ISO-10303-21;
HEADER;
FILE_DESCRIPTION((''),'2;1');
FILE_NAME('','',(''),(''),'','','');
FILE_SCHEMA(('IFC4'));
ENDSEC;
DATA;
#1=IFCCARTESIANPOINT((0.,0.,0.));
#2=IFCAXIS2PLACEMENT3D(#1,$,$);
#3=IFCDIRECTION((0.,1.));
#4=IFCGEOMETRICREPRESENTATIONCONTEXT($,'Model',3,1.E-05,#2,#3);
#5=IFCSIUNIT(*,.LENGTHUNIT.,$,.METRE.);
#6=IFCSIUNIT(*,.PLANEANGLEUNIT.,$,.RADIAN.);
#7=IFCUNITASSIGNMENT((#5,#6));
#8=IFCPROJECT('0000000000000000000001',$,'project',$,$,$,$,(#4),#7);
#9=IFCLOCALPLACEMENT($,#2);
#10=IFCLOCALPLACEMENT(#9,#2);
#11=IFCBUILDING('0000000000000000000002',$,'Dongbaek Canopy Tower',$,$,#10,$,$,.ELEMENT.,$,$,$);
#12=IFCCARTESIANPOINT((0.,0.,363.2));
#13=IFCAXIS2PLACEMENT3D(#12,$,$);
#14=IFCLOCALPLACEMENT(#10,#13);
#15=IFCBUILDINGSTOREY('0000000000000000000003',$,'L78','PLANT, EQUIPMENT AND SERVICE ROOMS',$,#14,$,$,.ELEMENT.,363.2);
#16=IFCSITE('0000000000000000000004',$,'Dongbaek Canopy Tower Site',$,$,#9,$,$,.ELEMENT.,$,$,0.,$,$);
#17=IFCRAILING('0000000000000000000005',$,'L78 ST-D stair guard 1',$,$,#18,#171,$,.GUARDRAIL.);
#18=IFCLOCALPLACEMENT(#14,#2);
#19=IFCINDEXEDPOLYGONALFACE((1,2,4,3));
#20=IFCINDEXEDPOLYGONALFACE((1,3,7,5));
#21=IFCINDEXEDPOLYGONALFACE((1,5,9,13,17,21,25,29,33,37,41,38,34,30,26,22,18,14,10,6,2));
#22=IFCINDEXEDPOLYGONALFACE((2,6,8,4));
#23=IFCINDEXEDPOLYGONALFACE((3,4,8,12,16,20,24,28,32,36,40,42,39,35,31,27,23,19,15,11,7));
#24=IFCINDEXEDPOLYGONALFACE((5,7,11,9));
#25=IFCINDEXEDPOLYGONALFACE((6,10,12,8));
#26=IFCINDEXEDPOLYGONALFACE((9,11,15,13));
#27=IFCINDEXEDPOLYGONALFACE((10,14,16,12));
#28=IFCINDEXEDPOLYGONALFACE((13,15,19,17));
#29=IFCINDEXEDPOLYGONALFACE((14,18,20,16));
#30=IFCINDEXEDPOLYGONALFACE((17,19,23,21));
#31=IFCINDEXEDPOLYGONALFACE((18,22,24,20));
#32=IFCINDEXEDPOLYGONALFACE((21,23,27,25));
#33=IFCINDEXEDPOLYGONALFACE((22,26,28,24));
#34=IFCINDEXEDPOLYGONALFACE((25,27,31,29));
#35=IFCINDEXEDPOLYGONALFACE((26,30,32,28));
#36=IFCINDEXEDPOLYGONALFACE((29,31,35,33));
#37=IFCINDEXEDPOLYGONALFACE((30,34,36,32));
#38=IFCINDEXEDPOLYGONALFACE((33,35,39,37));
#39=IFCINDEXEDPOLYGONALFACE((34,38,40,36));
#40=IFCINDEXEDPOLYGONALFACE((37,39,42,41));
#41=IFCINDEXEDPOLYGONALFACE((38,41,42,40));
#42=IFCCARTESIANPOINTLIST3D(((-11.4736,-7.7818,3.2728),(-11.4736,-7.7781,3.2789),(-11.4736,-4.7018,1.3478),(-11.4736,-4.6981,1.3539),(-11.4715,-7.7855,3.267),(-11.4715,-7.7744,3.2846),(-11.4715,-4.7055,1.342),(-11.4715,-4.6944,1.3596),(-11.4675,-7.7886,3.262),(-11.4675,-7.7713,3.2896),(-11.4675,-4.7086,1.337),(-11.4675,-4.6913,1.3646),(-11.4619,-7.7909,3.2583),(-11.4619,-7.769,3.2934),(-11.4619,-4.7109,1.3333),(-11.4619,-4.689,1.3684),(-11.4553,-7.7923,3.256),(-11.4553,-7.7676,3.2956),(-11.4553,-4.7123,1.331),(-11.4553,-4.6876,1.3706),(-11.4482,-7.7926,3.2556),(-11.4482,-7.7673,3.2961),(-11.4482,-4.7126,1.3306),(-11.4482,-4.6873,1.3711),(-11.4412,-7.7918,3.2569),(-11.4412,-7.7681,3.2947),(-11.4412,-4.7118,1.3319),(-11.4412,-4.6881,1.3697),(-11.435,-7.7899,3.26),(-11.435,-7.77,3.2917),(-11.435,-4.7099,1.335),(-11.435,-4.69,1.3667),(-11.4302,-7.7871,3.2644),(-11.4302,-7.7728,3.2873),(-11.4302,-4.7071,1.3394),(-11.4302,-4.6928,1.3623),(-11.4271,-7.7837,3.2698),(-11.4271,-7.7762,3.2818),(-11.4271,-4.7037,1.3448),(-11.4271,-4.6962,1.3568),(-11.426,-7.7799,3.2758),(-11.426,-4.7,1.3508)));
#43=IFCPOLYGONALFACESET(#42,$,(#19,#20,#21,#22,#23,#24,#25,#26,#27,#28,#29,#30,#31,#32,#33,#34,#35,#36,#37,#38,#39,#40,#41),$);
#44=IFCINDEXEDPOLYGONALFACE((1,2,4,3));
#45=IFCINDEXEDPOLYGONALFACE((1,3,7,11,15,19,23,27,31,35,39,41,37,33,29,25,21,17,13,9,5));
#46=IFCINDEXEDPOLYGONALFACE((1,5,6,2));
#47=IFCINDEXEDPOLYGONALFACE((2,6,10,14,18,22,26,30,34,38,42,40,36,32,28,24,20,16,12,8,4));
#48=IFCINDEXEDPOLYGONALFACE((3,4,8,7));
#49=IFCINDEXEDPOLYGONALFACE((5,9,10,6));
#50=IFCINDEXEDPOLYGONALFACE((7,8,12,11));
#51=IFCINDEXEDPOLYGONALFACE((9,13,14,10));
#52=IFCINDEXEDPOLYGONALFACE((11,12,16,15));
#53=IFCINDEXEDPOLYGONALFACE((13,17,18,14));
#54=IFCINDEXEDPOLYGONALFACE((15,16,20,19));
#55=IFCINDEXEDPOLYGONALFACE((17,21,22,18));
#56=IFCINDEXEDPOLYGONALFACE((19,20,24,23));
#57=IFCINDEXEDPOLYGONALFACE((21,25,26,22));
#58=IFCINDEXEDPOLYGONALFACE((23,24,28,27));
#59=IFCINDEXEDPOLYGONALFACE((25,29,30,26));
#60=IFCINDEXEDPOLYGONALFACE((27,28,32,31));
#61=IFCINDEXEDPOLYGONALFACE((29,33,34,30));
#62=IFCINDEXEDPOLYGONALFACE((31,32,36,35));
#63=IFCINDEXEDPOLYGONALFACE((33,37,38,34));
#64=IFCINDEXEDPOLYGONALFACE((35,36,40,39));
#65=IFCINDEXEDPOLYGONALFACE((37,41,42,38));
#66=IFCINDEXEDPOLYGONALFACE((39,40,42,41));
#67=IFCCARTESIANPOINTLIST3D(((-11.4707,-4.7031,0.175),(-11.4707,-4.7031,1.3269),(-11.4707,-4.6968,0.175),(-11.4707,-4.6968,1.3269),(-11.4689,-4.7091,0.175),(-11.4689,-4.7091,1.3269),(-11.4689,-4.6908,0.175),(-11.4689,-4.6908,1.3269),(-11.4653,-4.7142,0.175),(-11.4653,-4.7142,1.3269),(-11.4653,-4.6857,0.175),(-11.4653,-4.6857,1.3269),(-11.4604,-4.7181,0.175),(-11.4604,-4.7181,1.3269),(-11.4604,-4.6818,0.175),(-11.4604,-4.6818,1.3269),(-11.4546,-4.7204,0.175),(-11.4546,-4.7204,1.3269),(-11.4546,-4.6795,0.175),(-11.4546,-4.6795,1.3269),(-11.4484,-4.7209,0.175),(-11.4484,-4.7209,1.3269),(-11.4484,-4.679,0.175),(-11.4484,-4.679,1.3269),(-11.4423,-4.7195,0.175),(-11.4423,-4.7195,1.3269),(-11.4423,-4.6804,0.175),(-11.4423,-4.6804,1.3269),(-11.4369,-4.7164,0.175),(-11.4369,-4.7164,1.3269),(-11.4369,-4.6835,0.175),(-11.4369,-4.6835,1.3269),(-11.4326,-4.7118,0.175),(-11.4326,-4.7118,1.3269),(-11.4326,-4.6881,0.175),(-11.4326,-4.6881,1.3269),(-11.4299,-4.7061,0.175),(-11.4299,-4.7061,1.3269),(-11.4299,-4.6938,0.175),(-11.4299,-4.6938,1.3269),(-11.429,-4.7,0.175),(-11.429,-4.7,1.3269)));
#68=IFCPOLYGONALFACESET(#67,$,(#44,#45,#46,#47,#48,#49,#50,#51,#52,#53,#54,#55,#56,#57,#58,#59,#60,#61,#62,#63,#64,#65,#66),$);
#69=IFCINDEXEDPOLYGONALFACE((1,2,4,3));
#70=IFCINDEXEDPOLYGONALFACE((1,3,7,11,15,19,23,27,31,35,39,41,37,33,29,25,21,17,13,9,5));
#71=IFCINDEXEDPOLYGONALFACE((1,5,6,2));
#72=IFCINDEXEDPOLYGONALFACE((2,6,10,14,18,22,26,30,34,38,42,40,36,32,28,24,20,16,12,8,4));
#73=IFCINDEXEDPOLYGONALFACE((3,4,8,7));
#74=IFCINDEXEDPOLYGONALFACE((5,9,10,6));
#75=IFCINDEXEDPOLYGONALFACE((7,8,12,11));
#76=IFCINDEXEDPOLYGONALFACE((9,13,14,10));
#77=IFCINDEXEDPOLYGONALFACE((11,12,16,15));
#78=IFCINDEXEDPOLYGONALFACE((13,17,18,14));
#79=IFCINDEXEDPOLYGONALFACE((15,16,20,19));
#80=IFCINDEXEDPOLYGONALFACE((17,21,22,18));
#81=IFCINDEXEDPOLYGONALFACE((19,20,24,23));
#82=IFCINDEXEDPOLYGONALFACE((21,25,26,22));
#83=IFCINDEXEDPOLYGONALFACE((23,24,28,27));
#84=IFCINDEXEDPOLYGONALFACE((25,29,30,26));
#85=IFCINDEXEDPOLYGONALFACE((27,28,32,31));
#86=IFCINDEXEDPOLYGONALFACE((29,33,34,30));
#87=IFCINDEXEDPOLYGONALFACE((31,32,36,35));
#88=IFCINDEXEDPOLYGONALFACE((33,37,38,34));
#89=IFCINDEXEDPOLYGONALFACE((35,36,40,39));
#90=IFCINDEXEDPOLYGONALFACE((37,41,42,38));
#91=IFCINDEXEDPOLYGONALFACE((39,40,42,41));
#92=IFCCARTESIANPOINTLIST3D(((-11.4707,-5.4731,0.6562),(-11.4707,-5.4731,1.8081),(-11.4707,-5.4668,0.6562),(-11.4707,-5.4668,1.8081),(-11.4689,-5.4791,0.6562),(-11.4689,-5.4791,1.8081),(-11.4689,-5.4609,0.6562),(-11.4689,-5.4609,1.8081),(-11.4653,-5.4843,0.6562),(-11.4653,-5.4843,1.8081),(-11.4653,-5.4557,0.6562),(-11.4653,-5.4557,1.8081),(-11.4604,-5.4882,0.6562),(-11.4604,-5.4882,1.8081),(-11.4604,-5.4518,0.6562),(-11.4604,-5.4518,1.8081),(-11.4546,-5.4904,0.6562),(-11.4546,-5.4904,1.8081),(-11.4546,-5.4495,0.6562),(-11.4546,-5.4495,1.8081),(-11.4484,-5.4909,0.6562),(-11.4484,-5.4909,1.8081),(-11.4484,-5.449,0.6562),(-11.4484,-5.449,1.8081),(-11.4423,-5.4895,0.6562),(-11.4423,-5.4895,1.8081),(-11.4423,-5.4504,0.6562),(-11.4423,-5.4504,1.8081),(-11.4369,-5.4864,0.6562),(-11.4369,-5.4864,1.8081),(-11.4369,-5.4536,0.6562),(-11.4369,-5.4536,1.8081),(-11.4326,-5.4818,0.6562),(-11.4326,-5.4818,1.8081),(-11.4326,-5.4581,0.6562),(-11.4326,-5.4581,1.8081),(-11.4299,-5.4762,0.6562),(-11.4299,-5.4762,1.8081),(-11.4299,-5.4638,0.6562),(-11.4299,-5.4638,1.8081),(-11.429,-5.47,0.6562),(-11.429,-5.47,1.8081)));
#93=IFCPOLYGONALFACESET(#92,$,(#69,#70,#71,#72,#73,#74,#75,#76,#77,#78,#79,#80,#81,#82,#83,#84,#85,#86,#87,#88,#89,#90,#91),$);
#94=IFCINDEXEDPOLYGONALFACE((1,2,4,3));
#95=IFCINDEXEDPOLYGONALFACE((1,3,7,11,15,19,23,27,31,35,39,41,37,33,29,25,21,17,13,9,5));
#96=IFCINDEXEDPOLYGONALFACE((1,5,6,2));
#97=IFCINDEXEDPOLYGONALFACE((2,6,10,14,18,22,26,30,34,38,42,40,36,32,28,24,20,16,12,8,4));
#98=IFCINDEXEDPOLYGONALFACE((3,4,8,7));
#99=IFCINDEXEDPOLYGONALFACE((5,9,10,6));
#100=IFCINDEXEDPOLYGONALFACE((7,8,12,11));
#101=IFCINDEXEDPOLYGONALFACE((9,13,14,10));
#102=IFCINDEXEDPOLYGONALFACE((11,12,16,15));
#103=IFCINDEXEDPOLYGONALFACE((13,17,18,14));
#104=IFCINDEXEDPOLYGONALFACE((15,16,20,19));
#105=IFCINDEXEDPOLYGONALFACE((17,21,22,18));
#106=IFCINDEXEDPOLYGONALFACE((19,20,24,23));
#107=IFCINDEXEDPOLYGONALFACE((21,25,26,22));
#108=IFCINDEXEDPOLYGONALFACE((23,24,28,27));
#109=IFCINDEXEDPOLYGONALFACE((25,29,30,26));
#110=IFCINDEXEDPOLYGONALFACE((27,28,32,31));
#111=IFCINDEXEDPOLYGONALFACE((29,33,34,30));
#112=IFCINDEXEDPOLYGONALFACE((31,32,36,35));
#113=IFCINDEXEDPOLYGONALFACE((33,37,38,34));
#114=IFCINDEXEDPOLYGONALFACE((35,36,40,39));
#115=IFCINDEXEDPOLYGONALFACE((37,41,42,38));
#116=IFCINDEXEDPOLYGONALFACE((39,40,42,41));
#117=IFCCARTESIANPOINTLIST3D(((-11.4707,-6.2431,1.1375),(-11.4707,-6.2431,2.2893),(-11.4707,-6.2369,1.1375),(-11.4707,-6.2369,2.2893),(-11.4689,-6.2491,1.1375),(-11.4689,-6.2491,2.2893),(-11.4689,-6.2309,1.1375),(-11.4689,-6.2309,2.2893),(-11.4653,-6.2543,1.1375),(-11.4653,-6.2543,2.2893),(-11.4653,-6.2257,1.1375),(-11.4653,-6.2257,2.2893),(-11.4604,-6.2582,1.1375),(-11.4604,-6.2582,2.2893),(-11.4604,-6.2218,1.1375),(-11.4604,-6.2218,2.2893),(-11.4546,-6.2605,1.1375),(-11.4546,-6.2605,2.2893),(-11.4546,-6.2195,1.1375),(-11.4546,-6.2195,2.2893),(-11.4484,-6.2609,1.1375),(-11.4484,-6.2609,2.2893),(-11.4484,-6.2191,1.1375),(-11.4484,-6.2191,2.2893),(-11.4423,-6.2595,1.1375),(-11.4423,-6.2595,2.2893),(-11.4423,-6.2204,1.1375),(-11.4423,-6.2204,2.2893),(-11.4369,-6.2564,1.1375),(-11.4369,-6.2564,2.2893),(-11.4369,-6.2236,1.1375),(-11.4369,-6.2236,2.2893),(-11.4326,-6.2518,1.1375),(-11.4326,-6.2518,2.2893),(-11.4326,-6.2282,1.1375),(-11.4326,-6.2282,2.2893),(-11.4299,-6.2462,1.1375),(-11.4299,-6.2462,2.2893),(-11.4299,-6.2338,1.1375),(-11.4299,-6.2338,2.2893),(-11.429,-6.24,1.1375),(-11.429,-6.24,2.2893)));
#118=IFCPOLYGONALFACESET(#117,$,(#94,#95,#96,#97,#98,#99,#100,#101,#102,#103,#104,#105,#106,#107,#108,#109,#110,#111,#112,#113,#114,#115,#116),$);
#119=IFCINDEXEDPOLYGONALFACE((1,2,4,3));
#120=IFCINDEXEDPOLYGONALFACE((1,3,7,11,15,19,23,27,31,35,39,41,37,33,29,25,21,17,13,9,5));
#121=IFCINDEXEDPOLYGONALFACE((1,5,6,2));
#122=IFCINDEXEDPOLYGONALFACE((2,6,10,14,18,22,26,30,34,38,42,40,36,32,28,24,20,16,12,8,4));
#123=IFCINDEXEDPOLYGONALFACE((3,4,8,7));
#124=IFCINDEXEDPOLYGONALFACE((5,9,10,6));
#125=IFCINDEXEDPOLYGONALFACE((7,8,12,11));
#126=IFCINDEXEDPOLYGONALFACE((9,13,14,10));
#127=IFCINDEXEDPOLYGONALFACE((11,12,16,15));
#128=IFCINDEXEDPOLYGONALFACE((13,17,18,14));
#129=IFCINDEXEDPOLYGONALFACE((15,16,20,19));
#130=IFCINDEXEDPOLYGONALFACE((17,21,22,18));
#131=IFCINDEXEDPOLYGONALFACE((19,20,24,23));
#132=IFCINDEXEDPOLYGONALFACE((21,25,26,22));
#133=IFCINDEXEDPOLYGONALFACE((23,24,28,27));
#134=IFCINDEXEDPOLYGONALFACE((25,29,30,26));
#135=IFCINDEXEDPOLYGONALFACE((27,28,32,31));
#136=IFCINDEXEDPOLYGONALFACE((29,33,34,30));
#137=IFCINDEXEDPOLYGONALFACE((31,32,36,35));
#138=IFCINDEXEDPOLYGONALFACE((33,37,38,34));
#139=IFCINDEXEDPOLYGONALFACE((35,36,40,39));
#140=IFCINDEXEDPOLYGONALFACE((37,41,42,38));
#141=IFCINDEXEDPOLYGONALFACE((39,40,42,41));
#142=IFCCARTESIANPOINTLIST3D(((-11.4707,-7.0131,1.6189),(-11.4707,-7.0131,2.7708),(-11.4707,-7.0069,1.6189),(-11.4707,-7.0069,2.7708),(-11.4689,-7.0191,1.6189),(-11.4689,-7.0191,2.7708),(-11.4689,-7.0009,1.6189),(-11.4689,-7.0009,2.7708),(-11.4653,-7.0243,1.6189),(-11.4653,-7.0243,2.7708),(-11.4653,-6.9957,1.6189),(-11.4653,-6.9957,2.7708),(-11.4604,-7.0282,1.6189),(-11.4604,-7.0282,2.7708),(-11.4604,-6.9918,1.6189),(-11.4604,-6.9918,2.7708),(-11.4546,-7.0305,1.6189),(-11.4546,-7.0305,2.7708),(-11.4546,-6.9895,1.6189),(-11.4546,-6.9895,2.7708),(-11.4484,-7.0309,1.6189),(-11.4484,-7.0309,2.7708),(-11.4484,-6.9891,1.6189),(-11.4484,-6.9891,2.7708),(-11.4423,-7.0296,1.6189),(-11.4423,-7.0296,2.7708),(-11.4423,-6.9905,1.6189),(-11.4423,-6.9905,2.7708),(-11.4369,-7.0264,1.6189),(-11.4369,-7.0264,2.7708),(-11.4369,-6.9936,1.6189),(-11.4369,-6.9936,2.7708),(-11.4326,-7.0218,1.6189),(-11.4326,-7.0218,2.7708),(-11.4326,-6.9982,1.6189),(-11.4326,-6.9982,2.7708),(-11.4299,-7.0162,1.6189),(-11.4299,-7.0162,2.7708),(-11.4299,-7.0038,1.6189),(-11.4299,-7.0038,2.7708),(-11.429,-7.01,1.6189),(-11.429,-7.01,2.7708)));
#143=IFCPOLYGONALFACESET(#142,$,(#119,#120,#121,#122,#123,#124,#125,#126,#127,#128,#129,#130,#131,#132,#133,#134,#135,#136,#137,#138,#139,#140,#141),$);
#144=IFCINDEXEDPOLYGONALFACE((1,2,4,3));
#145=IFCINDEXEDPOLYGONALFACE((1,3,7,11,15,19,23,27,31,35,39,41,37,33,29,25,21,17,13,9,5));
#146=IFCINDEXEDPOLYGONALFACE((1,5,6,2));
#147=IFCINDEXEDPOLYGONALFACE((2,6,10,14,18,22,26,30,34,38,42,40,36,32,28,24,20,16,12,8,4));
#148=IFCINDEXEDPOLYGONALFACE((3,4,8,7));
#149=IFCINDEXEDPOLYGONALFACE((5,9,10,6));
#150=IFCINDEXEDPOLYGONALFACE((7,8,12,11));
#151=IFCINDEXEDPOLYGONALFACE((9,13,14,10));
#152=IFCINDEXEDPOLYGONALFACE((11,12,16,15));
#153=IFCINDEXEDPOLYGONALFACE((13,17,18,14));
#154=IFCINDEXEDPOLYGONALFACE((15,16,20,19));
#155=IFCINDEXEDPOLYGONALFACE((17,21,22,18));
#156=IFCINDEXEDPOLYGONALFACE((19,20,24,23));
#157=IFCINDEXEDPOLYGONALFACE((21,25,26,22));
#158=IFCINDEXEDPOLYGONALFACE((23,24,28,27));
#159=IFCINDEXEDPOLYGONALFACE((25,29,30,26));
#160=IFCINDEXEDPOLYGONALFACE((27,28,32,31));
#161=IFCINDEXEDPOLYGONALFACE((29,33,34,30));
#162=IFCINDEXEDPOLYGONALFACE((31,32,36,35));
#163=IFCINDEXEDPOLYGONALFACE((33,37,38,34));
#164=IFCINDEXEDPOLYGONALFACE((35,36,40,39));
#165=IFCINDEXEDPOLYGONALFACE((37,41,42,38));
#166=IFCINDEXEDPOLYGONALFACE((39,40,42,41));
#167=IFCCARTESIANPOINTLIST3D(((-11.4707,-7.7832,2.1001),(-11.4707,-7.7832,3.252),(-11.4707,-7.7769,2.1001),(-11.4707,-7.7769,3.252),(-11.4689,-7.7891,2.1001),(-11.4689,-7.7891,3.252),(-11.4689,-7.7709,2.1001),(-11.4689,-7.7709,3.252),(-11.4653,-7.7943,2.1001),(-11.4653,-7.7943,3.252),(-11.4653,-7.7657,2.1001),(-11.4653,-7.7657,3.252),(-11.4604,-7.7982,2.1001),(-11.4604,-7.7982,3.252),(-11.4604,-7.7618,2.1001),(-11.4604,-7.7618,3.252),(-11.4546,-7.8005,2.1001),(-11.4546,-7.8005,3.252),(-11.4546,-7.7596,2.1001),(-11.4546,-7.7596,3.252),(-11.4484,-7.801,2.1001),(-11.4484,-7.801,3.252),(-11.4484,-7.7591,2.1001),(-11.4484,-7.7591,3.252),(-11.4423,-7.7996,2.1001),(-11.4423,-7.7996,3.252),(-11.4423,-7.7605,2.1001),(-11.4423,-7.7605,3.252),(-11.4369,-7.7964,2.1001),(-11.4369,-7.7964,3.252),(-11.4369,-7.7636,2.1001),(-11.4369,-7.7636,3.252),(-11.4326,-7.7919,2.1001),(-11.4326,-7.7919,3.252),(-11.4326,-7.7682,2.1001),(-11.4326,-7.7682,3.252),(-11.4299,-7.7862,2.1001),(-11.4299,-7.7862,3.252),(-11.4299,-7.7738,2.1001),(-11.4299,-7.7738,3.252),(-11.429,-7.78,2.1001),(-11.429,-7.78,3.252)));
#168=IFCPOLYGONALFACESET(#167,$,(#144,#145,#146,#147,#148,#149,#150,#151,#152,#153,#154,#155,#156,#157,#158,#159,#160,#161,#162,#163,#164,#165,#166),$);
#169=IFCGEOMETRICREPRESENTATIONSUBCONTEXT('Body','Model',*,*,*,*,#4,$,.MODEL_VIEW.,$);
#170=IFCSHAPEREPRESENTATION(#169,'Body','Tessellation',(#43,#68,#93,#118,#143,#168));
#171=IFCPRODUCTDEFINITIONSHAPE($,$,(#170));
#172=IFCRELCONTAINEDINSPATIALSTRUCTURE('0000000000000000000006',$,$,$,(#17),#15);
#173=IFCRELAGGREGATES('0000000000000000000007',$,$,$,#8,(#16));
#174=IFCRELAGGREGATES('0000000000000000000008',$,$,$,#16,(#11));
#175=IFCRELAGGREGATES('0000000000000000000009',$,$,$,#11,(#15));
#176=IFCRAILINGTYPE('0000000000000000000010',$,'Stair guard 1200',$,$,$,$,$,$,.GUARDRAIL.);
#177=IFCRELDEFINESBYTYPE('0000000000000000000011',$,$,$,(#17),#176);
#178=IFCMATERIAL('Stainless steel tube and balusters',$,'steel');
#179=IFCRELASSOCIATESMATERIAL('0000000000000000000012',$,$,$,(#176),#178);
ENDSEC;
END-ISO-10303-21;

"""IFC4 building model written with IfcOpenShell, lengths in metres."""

from ifc_helpers import new_model, si_unit, direction, frame, origin, origin_2d, place, context, subcontext, project, spatial, circle, extrude, material, type_object, element, save


model = new_model("IFC4")

# Units and contexts
model_context = context("Model", 3, precision=1e-05, world=origin(), true_north=direction((0.0, 1.0)))
body_context = subcontext(model_context, "Body", "Model", "MODEL_VIEW")
ifc_project = project(units=[si_unit("LENGTHUNIT", "METRE"), si_unit("PLANEANGLEUNIT", "RADIAN")], contexts=[model_context])

# Site, building, storey
site_placement = place(None, origin())
site = spatial("IfcSite", under=ifc_project, at=site_placement, Name="Dongbaek Canopy Tower Site", CompositionType="ELEMENT", RefElevation=0.0)
building_placement = place(site_placement, origin())
building = spatial("IfcBuilding", under=site, at=building_placement, Name="Dongbaek Canopy Tower", CompositionType="ELEMENT")
storey_placement = place(building_placement, frame((0.0, 0.0, 363.2)))
storey = spatial("IfcBuildingStorey", under=building, at=storey_placement, Name="L78", Description="PLANT, EQUIPMENT AND SERVICE ROOMS", CompositionType="ELEMENT", Elevation=363.2)

# Railing
ifc_material_1 = material(Name="Stainless steel tube and balusters", Category="steel")
railing_type_1 = type_object("IfcRailingType", Name="Stair guard 1200", PredefinedType="GUARDRAIL", material=ifc_material_1)
railing_1_placement = place(storey_placement, frame((-11.45, -4.7, 0.175)))
element("IfcRailing", 1, at=railing_1_placement, inside=storey, type_object=railing_type_1, Name="L78 ST-D stair guard 1", PredefinedType="GUARDRAIL", context=body_context, shape_type="SweptSolid", body=[
    extrude(circle(Radius=0.0239, at=origin_2d()), frame((0.0, 0.0, 1.1758), z_axis=(0.0, -0.847998, 0.529999), x_axis=(1.0, 0.0, 0.0)), (0.0, 0.0, 1.0), 3.6321),
    extrude(circle(Radius=0.021, at=origin_2d()), origin(), (0.0, 0.0, 1.0), 1.1519),
    extrude(circle(Radius=0.021, at=origin_2d()), frame((0.0, -0.77, 0.4812)), (0.0, 0.0, 1.0), 1.1519),
    extrude(circle(Radius=0.021, at=origin_2d()), frame((0.0, -1.54, 0.9624)), (0.0, 0.0, 1.0), 1.1519),
    extrude(circle(Radius=0.021, at=origin_2d()), frame((0.0, -2.3101, 1.4438)), (0.0, 0.0, 1.0), 1.1519),
    extrude(circle(Radius=0.021, at=origin_2d()), frame((0.0, -3.0801, 1.925)), (0.0, 0.0, 1.0), 1.1519),
])

save(model, "model.ifc")
